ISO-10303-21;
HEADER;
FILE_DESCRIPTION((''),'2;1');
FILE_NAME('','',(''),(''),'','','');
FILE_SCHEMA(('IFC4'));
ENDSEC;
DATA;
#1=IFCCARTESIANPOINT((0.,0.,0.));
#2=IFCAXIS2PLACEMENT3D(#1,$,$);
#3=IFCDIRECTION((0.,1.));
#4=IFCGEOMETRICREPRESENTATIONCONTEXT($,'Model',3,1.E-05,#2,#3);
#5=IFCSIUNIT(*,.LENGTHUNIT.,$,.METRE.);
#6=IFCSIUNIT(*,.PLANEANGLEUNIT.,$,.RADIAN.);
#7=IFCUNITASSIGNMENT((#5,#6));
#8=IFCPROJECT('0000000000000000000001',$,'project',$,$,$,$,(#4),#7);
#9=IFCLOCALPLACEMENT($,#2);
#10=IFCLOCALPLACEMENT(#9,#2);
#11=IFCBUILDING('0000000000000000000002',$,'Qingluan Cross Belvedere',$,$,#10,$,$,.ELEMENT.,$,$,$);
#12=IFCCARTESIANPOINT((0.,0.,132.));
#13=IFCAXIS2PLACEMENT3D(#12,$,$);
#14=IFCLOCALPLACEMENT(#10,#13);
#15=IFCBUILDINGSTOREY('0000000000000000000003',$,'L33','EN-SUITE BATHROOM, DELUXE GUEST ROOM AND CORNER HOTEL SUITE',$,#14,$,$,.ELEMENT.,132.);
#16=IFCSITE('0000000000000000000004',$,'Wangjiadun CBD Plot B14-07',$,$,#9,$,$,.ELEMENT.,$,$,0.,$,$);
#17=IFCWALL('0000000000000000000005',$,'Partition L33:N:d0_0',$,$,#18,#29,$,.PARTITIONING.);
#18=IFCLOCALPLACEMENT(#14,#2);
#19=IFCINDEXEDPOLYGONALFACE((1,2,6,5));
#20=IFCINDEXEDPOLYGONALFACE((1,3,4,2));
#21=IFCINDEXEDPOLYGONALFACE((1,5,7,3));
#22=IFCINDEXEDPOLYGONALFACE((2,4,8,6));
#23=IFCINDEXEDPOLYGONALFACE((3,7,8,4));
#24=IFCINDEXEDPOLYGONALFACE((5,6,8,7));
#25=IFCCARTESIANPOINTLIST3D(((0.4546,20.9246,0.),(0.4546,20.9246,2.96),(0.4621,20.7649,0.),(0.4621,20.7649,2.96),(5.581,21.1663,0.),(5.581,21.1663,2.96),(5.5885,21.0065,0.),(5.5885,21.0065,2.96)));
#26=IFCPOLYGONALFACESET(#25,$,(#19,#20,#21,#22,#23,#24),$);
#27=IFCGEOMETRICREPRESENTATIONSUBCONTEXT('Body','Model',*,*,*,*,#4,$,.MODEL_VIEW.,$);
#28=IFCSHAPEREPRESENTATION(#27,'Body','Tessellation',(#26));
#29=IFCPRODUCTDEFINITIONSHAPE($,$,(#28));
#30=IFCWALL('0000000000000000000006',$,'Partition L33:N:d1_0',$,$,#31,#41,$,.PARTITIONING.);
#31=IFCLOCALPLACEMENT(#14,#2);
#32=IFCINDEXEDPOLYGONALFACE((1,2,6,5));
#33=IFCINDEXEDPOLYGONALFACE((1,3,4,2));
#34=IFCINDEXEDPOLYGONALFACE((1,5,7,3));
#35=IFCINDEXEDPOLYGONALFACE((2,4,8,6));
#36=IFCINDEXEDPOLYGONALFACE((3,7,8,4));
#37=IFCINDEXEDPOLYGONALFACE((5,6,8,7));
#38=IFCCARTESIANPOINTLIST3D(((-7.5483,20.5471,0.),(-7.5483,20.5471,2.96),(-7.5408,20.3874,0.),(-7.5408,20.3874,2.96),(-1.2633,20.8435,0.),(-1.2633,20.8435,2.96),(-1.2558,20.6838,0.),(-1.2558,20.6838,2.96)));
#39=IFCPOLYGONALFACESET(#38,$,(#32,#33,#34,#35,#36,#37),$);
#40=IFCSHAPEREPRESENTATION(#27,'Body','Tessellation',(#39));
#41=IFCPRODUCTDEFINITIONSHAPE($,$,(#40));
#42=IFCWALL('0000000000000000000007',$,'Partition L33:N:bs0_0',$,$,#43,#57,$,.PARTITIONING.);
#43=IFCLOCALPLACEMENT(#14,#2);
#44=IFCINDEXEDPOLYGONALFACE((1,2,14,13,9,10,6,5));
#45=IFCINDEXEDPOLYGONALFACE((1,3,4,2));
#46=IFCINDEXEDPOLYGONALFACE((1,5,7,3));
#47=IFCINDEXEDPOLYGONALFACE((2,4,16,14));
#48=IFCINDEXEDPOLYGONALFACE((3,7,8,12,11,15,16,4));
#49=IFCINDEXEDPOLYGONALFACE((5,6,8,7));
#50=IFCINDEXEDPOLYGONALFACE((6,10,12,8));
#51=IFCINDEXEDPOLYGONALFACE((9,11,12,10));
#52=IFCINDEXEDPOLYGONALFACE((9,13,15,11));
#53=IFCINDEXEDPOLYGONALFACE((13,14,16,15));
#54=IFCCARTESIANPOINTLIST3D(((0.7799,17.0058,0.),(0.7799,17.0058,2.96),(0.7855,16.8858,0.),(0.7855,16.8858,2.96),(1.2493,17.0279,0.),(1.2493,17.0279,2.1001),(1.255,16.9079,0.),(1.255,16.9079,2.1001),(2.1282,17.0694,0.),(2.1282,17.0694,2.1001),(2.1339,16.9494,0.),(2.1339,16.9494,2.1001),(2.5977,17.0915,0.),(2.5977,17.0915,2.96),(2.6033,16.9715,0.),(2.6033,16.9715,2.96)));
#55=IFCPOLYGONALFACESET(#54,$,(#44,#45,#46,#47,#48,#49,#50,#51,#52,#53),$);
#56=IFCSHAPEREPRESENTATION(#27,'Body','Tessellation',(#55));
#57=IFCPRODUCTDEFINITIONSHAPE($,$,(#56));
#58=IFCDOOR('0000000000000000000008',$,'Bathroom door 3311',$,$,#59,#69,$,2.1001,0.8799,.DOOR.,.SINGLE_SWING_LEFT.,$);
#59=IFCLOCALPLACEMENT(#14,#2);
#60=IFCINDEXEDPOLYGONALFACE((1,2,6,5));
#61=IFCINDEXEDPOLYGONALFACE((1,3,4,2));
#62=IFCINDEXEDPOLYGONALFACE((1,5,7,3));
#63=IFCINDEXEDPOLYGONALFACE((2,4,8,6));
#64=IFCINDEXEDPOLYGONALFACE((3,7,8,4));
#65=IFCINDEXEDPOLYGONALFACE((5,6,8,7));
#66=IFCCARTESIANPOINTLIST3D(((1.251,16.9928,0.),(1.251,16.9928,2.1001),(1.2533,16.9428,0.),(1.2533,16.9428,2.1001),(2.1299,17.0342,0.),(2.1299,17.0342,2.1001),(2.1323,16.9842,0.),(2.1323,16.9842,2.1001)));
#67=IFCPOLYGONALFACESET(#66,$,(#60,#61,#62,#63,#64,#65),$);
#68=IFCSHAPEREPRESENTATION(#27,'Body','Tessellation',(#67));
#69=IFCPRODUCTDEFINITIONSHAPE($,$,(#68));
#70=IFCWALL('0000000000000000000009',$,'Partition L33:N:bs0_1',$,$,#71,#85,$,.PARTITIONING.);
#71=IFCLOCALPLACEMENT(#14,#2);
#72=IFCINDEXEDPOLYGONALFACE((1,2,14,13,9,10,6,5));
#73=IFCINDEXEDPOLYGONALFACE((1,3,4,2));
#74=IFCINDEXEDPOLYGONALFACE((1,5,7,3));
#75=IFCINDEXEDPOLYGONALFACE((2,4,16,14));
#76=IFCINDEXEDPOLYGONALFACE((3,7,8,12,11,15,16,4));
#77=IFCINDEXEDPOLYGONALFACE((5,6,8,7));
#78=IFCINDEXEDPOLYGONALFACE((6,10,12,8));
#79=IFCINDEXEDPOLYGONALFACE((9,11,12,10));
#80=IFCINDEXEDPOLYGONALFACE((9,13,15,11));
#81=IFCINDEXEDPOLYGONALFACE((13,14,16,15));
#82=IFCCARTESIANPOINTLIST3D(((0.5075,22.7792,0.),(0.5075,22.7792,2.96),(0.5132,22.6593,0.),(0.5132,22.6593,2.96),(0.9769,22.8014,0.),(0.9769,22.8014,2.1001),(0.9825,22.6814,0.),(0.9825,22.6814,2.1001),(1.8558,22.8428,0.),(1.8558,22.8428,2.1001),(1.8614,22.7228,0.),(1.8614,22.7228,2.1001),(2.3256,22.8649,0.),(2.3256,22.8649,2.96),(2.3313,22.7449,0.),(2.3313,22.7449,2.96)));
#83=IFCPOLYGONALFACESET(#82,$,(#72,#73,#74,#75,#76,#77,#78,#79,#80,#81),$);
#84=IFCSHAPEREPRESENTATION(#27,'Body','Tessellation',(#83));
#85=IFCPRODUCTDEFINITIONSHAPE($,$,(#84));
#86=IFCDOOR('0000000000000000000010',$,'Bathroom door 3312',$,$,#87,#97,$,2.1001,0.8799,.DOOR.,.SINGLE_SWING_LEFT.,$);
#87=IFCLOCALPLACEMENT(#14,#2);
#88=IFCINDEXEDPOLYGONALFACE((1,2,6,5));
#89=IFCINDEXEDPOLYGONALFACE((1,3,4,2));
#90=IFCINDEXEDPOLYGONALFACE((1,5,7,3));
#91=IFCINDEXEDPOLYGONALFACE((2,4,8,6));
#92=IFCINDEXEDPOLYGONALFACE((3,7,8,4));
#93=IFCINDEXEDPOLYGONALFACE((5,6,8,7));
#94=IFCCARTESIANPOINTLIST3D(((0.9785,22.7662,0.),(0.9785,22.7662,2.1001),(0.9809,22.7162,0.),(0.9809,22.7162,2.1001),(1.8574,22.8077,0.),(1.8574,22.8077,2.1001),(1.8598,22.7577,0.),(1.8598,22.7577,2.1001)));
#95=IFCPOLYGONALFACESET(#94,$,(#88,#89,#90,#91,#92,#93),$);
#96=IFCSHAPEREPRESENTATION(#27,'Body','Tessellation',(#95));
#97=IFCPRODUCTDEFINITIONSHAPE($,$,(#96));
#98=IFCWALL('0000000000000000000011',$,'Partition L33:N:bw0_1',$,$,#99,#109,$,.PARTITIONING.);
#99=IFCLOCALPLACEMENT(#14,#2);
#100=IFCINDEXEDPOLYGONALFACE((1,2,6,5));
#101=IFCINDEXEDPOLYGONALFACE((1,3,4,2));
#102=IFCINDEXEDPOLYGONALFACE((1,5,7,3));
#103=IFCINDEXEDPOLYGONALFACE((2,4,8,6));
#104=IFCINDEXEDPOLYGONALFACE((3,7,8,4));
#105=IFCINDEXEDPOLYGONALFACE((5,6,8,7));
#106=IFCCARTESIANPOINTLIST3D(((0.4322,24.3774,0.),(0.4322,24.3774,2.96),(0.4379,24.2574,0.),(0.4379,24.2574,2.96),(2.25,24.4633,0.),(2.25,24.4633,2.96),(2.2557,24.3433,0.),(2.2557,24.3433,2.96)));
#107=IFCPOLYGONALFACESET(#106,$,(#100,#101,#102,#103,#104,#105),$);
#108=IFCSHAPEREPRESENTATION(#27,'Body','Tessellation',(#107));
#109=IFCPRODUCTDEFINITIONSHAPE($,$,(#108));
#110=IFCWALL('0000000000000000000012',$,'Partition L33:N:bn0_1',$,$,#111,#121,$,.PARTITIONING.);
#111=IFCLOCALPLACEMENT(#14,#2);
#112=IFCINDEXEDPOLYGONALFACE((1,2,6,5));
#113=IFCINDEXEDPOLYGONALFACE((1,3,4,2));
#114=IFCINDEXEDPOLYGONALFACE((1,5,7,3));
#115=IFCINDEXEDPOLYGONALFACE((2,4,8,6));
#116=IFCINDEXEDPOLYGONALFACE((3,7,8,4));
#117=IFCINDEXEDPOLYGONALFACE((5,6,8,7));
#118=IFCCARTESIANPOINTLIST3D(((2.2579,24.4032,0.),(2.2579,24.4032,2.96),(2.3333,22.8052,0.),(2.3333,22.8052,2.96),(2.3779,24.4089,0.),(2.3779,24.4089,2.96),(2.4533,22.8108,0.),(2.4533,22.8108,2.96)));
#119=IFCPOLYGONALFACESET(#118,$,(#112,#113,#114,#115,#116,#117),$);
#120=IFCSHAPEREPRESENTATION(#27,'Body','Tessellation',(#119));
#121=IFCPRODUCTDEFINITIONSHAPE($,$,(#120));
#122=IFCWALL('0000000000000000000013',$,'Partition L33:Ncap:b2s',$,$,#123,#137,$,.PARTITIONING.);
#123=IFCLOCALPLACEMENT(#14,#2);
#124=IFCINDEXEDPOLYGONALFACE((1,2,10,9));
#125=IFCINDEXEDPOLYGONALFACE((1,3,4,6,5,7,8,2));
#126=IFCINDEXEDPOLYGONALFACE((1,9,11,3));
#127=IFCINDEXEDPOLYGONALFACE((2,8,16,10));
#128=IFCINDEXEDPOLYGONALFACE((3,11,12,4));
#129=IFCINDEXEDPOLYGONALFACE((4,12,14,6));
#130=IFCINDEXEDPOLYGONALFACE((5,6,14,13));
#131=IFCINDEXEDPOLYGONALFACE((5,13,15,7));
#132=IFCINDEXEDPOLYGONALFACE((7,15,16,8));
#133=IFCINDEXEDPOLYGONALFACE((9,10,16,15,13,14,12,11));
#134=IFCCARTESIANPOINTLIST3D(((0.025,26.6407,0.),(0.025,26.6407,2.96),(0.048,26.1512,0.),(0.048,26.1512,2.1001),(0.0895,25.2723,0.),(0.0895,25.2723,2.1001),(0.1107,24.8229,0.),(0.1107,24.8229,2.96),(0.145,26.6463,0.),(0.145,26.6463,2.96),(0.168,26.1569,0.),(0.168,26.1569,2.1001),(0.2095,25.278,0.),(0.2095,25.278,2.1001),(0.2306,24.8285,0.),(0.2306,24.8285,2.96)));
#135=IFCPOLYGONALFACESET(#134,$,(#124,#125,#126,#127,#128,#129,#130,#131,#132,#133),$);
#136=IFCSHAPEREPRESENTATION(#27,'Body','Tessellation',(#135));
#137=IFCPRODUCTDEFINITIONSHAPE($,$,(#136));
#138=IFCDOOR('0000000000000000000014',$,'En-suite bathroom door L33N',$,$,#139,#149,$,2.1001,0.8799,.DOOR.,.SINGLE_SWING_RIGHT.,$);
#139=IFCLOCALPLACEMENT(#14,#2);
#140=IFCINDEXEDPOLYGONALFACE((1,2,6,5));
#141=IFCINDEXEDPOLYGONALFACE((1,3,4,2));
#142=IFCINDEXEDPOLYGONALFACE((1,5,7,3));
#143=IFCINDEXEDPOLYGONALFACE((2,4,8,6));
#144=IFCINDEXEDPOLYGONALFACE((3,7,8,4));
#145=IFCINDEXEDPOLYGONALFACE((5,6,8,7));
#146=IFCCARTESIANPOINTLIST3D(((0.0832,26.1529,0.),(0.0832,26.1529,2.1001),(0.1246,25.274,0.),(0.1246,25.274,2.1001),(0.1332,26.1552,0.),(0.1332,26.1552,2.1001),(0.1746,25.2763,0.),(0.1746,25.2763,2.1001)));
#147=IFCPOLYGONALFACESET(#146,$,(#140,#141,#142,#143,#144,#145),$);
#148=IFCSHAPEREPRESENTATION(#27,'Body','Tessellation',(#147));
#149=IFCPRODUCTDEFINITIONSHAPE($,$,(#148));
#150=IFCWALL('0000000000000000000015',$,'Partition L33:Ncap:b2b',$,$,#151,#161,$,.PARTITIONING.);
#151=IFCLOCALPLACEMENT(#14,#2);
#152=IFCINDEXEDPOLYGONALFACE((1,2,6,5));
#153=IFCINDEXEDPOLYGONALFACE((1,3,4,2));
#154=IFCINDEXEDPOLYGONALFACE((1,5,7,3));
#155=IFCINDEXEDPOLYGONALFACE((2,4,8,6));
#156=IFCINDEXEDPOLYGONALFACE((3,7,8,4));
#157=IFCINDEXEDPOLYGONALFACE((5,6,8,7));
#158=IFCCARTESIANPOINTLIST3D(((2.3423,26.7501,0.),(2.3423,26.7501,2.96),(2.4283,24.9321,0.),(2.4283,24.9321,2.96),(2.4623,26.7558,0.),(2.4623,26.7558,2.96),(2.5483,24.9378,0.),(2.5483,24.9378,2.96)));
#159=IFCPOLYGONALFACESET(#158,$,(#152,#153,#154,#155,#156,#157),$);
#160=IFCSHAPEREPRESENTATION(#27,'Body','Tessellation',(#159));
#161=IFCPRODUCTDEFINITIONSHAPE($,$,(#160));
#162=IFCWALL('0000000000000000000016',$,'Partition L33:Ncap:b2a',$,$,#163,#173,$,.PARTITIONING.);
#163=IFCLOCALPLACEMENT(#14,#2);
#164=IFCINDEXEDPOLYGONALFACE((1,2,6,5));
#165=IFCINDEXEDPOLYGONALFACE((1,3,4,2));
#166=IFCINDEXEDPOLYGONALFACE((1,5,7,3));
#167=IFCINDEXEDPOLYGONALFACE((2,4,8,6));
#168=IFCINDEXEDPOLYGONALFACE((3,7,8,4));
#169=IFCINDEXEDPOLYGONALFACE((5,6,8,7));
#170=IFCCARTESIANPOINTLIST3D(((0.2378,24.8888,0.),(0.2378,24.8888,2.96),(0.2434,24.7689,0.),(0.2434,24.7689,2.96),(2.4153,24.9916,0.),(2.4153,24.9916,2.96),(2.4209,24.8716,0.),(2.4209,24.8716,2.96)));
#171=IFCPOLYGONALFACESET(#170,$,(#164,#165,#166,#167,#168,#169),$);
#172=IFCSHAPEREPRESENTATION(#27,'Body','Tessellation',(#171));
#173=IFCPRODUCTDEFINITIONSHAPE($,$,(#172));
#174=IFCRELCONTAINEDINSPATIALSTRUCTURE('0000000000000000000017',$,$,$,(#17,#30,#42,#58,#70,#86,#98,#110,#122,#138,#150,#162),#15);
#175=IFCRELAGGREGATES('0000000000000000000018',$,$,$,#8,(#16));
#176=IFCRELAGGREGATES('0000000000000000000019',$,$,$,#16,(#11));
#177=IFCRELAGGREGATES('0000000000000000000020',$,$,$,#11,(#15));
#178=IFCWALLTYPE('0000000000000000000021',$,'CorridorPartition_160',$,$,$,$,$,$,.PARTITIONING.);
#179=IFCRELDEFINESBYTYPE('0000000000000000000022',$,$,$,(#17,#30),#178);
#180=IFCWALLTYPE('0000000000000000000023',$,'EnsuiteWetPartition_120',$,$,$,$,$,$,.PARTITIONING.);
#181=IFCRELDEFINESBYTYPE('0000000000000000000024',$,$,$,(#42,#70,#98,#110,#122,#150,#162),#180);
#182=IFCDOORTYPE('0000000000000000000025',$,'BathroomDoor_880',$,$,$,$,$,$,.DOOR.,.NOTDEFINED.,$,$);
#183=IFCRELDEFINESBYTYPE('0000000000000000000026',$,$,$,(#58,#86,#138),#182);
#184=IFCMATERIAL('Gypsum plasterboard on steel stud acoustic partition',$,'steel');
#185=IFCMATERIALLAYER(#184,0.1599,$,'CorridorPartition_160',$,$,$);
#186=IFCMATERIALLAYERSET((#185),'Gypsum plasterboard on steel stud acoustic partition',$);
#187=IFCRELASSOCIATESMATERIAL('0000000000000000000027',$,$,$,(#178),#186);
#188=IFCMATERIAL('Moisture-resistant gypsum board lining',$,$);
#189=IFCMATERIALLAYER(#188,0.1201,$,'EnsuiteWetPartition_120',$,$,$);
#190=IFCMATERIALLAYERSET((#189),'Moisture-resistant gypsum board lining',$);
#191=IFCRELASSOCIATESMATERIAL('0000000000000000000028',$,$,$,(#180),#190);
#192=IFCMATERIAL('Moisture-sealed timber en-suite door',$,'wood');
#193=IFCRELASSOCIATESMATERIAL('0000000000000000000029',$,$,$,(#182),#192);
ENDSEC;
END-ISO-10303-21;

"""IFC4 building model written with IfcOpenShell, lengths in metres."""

from ifc_helpers import new_model, si_unit, direction, frame, frame_2d, origin, place, context, subcontext, project, spatial, rectangle, extrude, material, layer, layer_set, type_object, element, fill, save


model = new_model("IFC4")

# Units and contexts
model_context = context("Model", 3, precision=1e-05, world=origin(), true_north=direction((0.0, 1.0)))
body_context = subcontext(model_context, "Body", "Model", "MODEL_VIEW")
ifc_project = project(units=[si_unit("LENGTHUNIT", "METRE"), si_unit("PLANEANGLEUNIT", "RADIAN")], contexts=[model_context])

# Site, building, storey
site_placement = place(None, origin())
site = spatial("IfcSite", under=ifc_project, at=site_placement, Name="Wangjiadun CBD Plot B14-07", CompositionType="ELEMENT", RefElevation=0.0)
building_placement = place(site_placement, origin())
building = spatial("IfcBuilding", under=site, at=building_placement, Name="Qingluan Cross Belvedere", CompositionType="ELEMENT")
storey_placement = place(building_placement, frame((0.0, 0.0, 132.0)))
storey = spatial("IfcBuildingStorey", under=building, at=storey_placement, Name="L33", Description="EN-SUITE BATHROOM, DELUXE GUEST ROOM AND CORNER HOTEL SUITE", CompositionType="ELEMENT", Elevation=132.0)

# Walls
ifc_material_1 = material(Name="Gypsum plasterboard on steel stud acoustic partition", Category="steel")
ifc_layer_1 = layer(ifc_material_1, 0.1599, Name="CorridorPartition_160")
ifc_layer_set_1 = layer_set([ifc_layer_1], Name="Gypsum plasterboard on steel stud acoustic partition")
wall_type_1 = type_object("IfcWallType", Name="CorridorPartition_160", PredefinedType="PARTITIONING", material=ifc_layer_set_1)
wall_1_placement = place(storey_placement, frame((0.4585, 20.8447, 0.0), z_axis=(0.0, 0.0, 1.0), x_axis=(0.99889, 0.047095, 0.0)))
element("IfcWall", 1, at=wall_1_placement, inside=storey, type_object=wall_type_1, Name="Partition L33:N:d0_0", PredefinedType="PARTITIONING", context=body_context, shape_type="SweptSolid", body=[
    extrude(rectangle(XDim=5.1321, YDim=0.1599, at=frame_2d((2.5659, 0.0))), origin(), (0.0, 0.0, 1.0), 2.96),
])
wall_2_placement = place(storey_placement, frame((-1.2595, 20.7637, 0.0), z_axis=(0.0, 0.0, 1.0), x_axis=(-0.99889, -0.047106, 0.0)))
element("IfcWall", 2, at=wall_2_placement, inside=storey, type_object=wall_type_1, Name="Partition L33:N:d1_0", PredefinedType="PARTITIONING", context=body_context, shape_type="SweptSolid", body=[
    extrude(rectangle(XDim=6.292, YDim=0.1599, at=frame_2d((3.146, 0.0))), origin(), (0.0, 0.0, 1.0), 2.96),
])

# Walls, openings, doors
ifc_material_2 = material(Name="Moisture-resistant gypsum board lining")
ifc_layer_2 = layer(ifc_material_2, 0.1201, Name="EnsuiteWetPartition_120")
ifc_layer_set_2 = layer_set([ifc_layer_2], Name="Moisture-resistant gypsum board lining")
wall_type_2 = type_object("IfcWallType", Name="EnsuiteWetPartition_120", PredefinedType="PARTITIONING", material=ifc_layer_set_2)
wall_3_placement = place(storey_placement, frame((0.7827, 16.9458, 0.0), z_axis=(0.0, 0.0, 1.0), x_axis=(0.998891, 0.047087, 0.0)))
wall_3 = element("IfcWall", 3, at=wall_3_placement, inside=storey, type_object=wall_type_2, Name="Partition L33:N:bs0_0", PredefinedType="PARTITIONING", context=body_context, shape_type="SweptSolid", body=[
    extrude(rectangle(XDim=1.8198, YDim=0.1201, at=frame_2d((0.9099, 0.0))), origin(), (0.0, 0.0, 1.0), 2.96),
])
opening_1_placement = place(wall_3_placement, frame((0.47, 0.0, 0.0)))
opening_1 = element("IfcOpeningElement", 4, at=opening_1_placement, cuts=wall_3, PredefinedType="OPENING", context=body_context, shape_type="SweptSolid", body=[
    extrude(rectangle(XDim=0.8799, YDim=2.1001, at=frame_2d((0.4399, 1.05))), frame((0.0, 0.0701, 0.0), z_axis=(0.0, -1.0, 0.0), x_axis=(1.0, 0.0, 0.0)), (0.0, 0.0, 1.0), 0.1401),
])
ifc_material_3 = material(Name="Moisture-sealed timber en-suite door", Category="wood")
door_type = type_object("IfcDoorType", Name="BathroomDoor_880", OperationType="NOTDEFINED", PredefinedType="DOOR", material=ifc_material_3)
door_1_placement = place(opening_1_placement, origin())
door_1 = element("IfcDoor", 5, at=door_1_placement, inside=storey, type_object=door_type, Name="Bathroom door 3311", OperationType="SINGLE_SWING_LEFT", OverallHeight=2.1001, OverallWidth=0.8799, PredefinedType="DOOR", context=body_context, shape_type="SweptSolid", body=[
    extrude(rectangle(XDim=0.8799, YDim=2.1001, at=frame_2d((0.4399, 1.05))), frame((0.0, 0.0249, 0.0), z_axis=(0.0, -1.0, 0.0), x_axis=(1.0, 0.0, 0.0)), (0.0, 0.0, 1.0), 0.05),
])
fill(opening_1, door_1)
wall_4_placement = place(storey_placement, frame((0.5103, 22.7192, 0.0), z_axis=(0.0, 0.0, 1.0), x_axis=(0.998891, 0.047081, 0.0)))
wall_4 = element("IfcWall", 6, at=wall_4_placement, inside=storey, type_object=wall_type_2, Name="Partition L33:N:bs0_1", PredefinedType="PARTITIONING", context=body_context, shape_type="SweptSolid", body=[
    extrude(rectangle(XDim=1.8201, YDim=0.1201, at=frame_2d((0.9102, 0.0))), origin(), (0.0, 0.0, 1.0), 2.96),
])
opening_2_placement = place(wall_4_placement, frame((0.47, 0.0, 0.0)))
opening_2 = element("IfcOpeningElement", 7, at=opening_2_placement, cuts=wall_4, PredefinedType="OPENING", context=body_context, shape_type="SweptSolid", body=[
    extrude(rectangle(XDim=0.8799, YDim=2.1001, at=frame_2d((0.4399, 1.05))), frame((0.0, 0.0701, 0.0), z_axis=(0.0, -1.0, 0.0), x_axis=(1.0, 0.0, 0.0)), (0.0, 0.0, 1.0), 0.1401),
])
door_2_placement = place(opening_2_placement, origin())
door_2 = element("IfcDoor", 8, at=door_2_placement, inside=storey, type_object=door_type, Name="Bathroom door 3312", OperationType="SINGLE_SWING_LEFT", OverallHeight=2.1001, OverallWidth=0.8799, PredefinedType="DOOR", context=body_context, shape_type="SweptSolid", body=[
    extrude(rectangle(XDim=0.8799, YDim=2.1001, at=frame_2d((0.4399, 1.05))), frame((0.0, 0.0249, 0.0), z_axis=(0.0, -1.0, 0.0), x_axis=(1.0, 0.0, 0.0)), (0.0, 0.0, 1.0), 0.05),
])
fill(opening_2, door_2)

# Walls
wall_5_placement = place(storey_placement, frame((0.4351, 24.3174, 0.0), z_axis=(0.0, 0.0, 1.0), x_axis=(0.998884, 0.047221, 0.0)))
element("IfcWall", 9, at=wall_5_placement, inside=storey, type_object=wall_type_2, Name="Partition L33:N:bw0_1", PredefinedType="PARTITIONING", context=body_context, shape_type="SweptSolid", body=[
    extrude(rectangle(XDim=1.8198, YDim=0.1201, at=frame_2d((0.9099, 0.0))), origin(), (0.0, 0.0, 1.0), 2.96),
])
wall_6_placement = place(storey_placement, frame((2.3933, 22.8081, 0.0), z_axis=(0.0, 0.0, 1.0), x_axis=(-0.047152, 0.998888, 0.0)))
element("IfcWall", 10, at=wall_6_placement, inside=storey, type_object=wall_type_2, Name="Partition L33:N:bn0_1", PredefinedType="PARTITIONING", context=body_context, shape_type="SweptSolid", body=[
    extrude(rectangle(XDim=1.5999, YDim=0.1201, at=frame_2d((0.7998, 0.0))), origin(), (0.0, 0.0, 1.0), 2.96),
])

# Wall, opening, door
wall_7_placement = place(storey_placement, frame((0.1707, 24.8257, 0.0), z_axis=(0.0, 0.0, 1.0), x_axis=(-0.047087, 0.998891, 0.0)))
wall_7 = element("IfcWall", 11, at=wall_7_placement, inside=storey, type_object=wall_type_2, Name="Partition L33:Ncap:b2s", PredefinedType="PARTITIONING", context=body_context, shape_type="SweptSolid", body=[
    extrude(rectangle(XDim=1.8198, YDim=0.1201, at=frame_2d((0.9099, 0.0))), origin(), (0.0, 0.0, 1.0), 2.96),
])
opening_3_placement = place(wall_7_placement, frame((0.45, 0.0, 0.0)))
opening_3 = element("IfcOpeningElement", 12, at=opening_3_placement, cuts=wall_7, PredefinedType="OPENING", context=body_context, shape_type="SweptSolid", body=[
    extrude(rectangle(XDim=0.8799, YDim=2.1001, at=frame_2d((0.4399, 1.05))), frame((0.0, 0.0701, 0.0), z_axis=(0.0, -1.0, 0.0), x_axis=(1.0, 0.0, 0.0)), (0.0, 0.0, 1.0), 0.1401),
])
door_3_placement = place(opening_3_placement, origin())
door_3 = element("IfcDoor", 13, at=door_3_placement, inside=storey, type_object=door_type, Name="En-suite bathroom door L33N", OperationType="SINGLE_SWING_RIGHT", OverallHeight=2.1001, OverallWidth=0.8799, PredefinedType="DOOR", context=body_context, shape_type="SweptSolid", body=[
    extrude(rectangle(XDim=0.8799, YDim=2.1001, at=frame_2d((0.4399, 1.05))), frame((0.0, 0.0249, 0.0), z_axis=(0.0, -1.0, 0.0), x_axis=(1.0, 0.0, 0.0)), (0.0, 0.0, 1.0), 0.05),
])
fill(opening_3, door_3)

# Walls
wall_8_placement = place(storey_placement, frame((2.4883, 24.9348, 0.0), z_axis=(0.0, 0.0, 1.0), x_axis=(-0.047215, 0.998885, 0.0)))
element("IfcWall", 14, at=wall_8_placement, inside=storey, type_object=wall_type_2, Name="Partition L33:Ncap:b2b", PredefinedType="PARTITIONING", context=body_context, shape_type="SweptSolid", body=[
    extrude(rectangle(XDim=1.8201, YDim=0.1201, at=frame_2d((0.9102, 0.0))), origin(), (0.0, 0.0, 1.0), 2.96),
])
wall_9_placement = place(storey_placement, frame((0.2407, 24.8289, 0.0), z_axis=(0.0, 0.0, 1.0), x_axis=(0.998888, 0.04715, 0.0)))
element("IfcWall", 15, at=wall_9_placement, inside=storey, type_object=wall_type_2, Name="Partition L33:Ncap:b2a", PredefinedType="PARTITIONING", context=body_context, shape_type="SweptSolid", body=[
    extrude(rectangle(XDim=2.1799, YDim=0.1201, at=frame_2d((1.0898, 0.0))), origin(), (0.0, 0.0, 1.0), 2.96),
])

save(model, "model.ifc")
